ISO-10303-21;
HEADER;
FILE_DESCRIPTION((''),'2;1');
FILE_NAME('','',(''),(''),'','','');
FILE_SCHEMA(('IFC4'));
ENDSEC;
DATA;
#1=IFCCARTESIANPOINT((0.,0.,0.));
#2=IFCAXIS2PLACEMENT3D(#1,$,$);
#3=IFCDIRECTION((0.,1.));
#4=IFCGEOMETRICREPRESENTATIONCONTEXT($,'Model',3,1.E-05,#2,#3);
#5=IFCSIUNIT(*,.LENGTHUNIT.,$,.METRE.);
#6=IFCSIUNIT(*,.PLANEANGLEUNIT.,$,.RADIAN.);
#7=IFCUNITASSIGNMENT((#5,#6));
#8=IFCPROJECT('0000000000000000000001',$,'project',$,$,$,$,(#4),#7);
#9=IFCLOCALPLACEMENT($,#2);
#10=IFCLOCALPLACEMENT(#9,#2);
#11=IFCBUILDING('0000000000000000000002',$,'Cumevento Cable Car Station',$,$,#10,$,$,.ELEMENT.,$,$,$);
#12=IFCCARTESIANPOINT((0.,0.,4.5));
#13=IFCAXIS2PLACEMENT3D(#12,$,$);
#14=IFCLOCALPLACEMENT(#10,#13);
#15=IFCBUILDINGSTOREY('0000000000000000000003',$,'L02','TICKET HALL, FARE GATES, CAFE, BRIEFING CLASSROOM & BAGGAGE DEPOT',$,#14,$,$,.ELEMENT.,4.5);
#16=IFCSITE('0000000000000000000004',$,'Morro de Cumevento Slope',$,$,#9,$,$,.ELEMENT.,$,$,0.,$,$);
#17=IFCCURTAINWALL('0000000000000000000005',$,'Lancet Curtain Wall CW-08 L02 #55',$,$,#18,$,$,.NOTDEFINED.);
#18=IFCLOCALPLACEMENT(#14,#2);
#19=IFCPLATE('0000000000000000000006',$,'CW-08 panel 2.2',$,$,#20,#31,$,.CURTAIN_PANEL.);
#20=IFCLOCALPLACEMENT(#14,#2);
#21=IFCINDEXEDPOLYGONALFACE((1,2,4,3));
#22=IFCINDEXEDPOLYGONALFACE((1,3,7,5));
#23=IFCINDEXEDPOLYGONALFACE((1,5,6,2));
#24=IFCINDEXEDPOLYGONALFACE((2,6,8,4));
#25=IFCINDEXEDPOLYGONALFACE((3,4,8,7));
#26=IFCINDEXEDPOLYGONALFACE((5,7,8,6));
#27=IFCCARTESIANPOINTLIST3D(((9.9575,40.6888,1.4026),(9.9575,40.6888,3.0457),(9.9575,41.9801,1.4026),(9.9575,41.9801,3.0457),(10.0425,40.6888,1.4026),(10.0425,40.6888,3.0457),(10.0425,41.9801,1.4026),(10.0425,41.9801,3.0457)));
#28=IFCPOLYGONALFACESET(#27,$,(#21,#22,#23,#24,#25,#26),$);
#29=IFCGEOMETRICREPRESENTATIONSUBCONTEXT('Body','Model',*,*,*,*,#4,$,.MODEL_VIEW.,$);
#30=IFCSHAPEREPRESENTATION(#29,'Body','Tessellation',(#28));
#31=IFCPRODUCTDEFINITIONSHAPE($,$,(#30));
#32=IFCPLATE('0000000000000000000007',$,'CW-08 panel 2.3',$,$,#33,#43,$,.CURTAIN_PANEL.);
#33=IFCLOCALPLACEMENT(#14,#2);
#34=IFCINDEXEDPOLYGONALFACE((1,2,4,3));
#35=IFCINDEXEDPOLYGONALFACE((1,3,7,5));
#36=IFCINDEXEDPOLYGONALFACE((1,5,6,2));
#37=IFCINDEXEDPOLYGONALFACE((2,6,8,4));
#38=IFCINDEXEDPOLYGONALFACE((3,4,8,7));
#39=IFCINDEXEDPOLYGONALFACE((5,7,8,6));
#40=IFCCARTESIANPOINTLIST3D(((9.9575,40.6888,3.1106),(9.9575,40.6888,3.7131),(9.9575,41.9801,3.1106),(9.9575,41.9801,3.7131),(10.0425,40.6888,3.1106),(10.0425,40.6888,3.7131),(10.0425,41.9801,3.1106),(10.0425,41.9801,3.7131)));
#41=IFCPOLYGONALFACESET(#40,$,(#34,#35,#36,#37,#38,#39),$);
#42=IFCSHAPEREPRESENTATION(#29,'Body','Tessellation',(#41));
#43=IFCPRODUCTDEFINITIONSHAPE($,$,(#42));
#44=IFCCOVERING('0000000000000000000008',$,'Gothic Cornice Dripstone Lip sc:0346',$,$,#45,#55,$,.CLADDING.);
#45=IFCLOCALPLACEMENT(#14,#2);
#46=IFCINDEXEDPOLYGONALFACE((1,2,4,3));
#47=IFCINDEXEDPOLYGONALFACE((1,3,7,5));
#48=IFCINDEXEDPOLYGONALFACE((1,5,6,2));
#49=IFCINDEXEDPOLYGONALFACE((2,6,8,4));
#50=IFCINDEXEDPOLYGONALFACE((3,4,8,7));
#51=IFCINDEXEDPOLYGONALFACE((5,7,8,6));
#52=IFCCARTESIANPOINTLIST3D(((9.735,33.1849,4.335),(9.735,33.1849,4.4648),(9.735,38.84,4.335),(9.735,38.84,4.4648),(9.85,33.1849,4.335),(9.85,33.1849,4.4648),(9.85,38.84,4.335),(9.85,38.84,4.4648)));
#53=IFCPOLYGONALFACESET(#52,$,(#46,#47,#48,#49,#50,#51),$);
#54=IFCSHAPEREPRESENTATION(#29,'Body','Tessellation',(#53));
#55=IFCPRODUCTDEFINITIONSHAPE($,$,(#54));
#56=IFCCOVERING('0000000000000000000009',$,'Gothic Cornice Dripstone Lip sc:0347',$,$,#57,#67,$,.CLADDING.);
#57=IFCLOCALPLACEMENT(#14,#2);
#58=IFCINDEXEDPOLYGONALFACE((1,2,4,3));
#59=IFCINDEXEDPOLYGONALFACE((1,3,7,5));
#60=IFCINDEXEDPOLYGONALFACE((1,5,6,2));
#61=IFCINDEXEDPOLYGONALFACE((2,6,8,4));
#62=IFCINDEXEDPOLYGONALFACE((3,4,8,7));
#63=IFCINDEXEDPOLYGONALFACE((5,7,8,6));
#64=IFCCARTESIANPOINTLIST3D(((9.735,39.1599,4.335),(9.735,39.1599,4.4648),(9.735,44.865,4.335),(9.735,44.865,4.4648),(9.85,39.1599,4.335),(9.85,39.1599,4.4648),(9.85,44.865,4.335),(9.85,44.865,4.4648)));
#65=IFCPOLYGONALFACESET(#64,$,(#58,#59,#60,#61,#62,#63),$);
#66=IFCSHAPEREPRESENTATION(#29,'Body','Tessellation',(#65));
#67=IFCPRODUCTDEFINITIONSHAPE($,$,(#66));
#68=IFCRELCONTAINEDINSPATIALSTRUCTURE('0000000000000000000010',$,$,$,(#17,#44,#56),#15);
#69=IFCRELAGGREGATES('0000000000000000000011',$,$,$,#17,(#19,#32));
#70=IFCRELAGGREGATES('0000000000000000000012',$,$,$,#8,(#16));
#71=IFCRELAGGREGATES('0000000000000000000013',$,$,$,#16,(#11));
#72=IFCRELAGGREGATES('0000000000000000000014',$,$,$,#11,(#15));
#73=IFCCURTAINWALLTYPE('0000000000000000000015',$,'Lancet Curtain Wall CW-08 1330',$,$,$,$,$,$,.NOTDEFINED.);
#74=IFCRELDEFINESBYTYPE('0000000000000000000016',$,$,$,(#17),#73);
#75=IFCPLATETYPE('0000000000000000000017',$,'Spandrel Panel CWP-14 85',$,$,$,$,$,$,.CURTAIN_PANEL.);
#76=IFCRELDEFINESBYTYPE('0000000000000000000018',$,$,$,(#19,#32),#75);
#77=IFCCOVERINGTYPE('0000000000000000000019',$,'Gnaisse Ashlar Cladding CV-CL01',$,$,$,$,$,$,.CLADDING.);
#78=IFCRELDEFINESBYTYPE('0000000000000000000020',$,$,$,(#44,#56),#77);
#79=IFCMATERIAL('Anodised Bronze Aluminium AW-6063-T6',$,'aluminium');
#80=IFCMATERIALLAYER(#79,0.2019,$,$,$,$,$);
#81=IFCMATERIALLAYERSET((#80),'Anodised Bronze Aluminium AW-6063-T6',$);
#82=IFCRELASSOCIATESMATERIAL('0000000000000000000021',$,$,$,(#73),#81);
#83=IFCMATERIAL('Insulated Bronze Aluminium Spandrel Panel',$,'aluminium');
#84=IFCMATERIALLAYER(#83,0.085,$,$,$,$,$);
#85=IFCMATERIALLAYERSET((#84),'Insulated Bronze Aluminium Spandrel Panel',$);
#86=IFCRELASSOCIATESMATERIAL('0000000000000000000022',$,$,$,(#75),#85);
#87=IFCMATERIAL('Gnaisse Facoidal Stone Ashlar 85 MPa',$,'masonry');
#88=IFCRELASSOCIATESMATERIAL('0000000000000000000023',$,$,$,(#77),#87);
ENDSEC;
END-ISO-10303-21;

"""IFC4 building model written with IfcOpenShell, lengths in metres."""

from ifc_helpers import new_model, si_unit, direction, frame, origin, origin_2d, place, context, subcontext, project, spatial, rectangle, extrude, material, layer, layer_set, type_object, element, aggregate, save


model = new_model("IFC4")

# Units and contexts
model_context = context("Model", 3, precision=1e-05, world=origin(), true_north=direction((0.0, 1.0)))
body_context = subcontext(model_context, "Body", "Model", "MODEL_VIEW")
ifc_project = project(units=[si_unit("LENGTHUNIT", "METRE"), si_unit("PLANEANGLEUNIT", "RADIAN")], contexts=[model_context])

# Site, building, storey
site_placement = place(None, origin())
site = spatial("IfcSite", under=ifc_project, at=site_placement, Name="Morro de Cumevento Slope", CompositionType="ELEMENT", RefElevation=0.0)
building_placement = place(site_placement, origin())
building = spatial("IfcBuilding", under=site, at=building_placement, Name="Cumevento Cable Car Station", CompositionType="ELEMENT")
storey_placement = place(building_placement, frame((0.0, 0.0, 4.5)))
storey = spatial("IfcBuildingStorey", under=building, at=storey_placement, Name="L02", Description="TICKET HALL, FARE GATES, CAFE, BRIEFING CLASSROOM & BAGGAGE DEPOT", CompositionType="ELEMENT", Elevation=4.5)

# Curtain wall
ifc_material_1 = material(Name="Anodised Bronze Aluminium AW-6063-T6", Category="aluminium")
ifc_layer_1 = layer(ifc_material_1, 0.2019)
ifc_layer_set_1 = layer_set([ifc_layer_1], Name="Anodised Bronze Aluminium AW-6063-T6")
curtain_wall_type_1 = type_object("IfcCurtainWallType", Name="Lancet Curtain Wall CW-08 1330", PredefinedType="NOTDEFINED", material=ifc_layer_set_1)
curtain_wall_1_placement = place(storey_placement, origin())
curtain_wall_1 = element("IfcCurtainWall", 1, at=curtain_wall_1_placement, inside=storey, type_object=curtain_wall_type_1, Name="Lancet Curtain Wall CW-08 L02 #55", PredefinedType="NOTDEFINED")

# Plates
ifc_material_2 = material(Name="Insulated Bronze Aluminium Spandrel Panel", Category="aluminium")
ifc_layer_2 = layer(ifc_material_2, 0.085)
ifc_layer_set_2 = layer_set([ifc_layer_2], Name="Insulated Bronze Aluminium Spandrel Panel")
plate_type_1 = type_object("IfcPlateType", Name="Spandrel Panel CWP-14 85", PredefinedType="CURTAIN_PANEL", material=ifc_layer_set_2)
plate_1_placement = place(storey_placement, frame((10.0, 41.3345, 1.4026), z_axis=(0.0, 0.0, 1.0), x_axis=(0.0, 1.0, 0.0)))
plate_1 = element("IfcPlate", 2, at=plate_1_placement, type_object=plate_type_1, Name="CW-08 panel 2.2", PredefinedType="CURTAIN_PANEL", context=body_context, shape_type="SweptSolid", body=[
    extrude(rectangle(XDim=1.2913, YDim=0.085, at=origin_2d()), origin(), (0.0, 0.0, 1.0), 1.6431),
])
plate_2_placement = place(storey_placement, frame((10.0, 41.3345, 3.1106), z_axis=(0.0, 0.0, 1.0), x_axis=(0.0, 1.0, 0.0)))
plate_2 = element("IfcPlate", 3, at=plate_2_placement, type_object=plate_type_1, Name="CW-08 panel 2.3", PredefinedType="CURTAIN_PANEL", context=body_context, shape_type="SweptSolid", body=[
    extrude(rectangle(XDim=1.2913, YDim=0.085, at=origin_2d()), origin(), (0.0, 0.0, 1.0), 0.6025),
])
aggregate(curtain_wall_1, [plate_1, plate_2])

# Coverings
ifc_material_3 = material(Name="Gnaisse Facoidal Stone Ashlar 85 MPa", Category="masonry")
covering_type = type_object("IfcCoveringType", Name="Gnaisse Ashlar Cladding CV-CL01", PredefinedType="CLADDING", material=ifc_material_3)
covering_1_placement = place(storey_placement, frame((9.7925, 36.0125, 4.335), z_axis=(0.0, 0.0, 1.0), x_axis=(0.0, 1.0, 0.0)))
element("IfcCovering", 4, at=covering_1_placement, inside=storey, type_object=covering_type, Name="Gothic Cornice Dripstone Lip sc:0346", PredefinedType="CLADDING", context=body_context, shape_type="SweptSolid", body=[
    extrude(rectangle(XDim=5.655, YDim=0.115, at=origin_2d()), origin(), (0.0, 0.0, 1.0), 0.1299),
])
covering_2_placement = place(storey_placement, frame((9.7925, 42.0125, 4.335), z_axis=(0.0, 0.0, 1.0), x_axis=(0.0, 1.0, 0.0)))
element("IfcCovering", 5, at=covering_2_placement, inside=storey, type_object=covering_type, Name="Gothic Cornice Dripstone Lip sc:0347", PredefinedType="CLADDING", context=body_context, shape_type="SweptSolid", body=[
    extrude(rectangle(XDim=5.7051, YDim=0.115, at=origin_2d()), origin(), (0.0, 0.0, 1.0), 0.1299),
])

save(model, "model.ifc")
